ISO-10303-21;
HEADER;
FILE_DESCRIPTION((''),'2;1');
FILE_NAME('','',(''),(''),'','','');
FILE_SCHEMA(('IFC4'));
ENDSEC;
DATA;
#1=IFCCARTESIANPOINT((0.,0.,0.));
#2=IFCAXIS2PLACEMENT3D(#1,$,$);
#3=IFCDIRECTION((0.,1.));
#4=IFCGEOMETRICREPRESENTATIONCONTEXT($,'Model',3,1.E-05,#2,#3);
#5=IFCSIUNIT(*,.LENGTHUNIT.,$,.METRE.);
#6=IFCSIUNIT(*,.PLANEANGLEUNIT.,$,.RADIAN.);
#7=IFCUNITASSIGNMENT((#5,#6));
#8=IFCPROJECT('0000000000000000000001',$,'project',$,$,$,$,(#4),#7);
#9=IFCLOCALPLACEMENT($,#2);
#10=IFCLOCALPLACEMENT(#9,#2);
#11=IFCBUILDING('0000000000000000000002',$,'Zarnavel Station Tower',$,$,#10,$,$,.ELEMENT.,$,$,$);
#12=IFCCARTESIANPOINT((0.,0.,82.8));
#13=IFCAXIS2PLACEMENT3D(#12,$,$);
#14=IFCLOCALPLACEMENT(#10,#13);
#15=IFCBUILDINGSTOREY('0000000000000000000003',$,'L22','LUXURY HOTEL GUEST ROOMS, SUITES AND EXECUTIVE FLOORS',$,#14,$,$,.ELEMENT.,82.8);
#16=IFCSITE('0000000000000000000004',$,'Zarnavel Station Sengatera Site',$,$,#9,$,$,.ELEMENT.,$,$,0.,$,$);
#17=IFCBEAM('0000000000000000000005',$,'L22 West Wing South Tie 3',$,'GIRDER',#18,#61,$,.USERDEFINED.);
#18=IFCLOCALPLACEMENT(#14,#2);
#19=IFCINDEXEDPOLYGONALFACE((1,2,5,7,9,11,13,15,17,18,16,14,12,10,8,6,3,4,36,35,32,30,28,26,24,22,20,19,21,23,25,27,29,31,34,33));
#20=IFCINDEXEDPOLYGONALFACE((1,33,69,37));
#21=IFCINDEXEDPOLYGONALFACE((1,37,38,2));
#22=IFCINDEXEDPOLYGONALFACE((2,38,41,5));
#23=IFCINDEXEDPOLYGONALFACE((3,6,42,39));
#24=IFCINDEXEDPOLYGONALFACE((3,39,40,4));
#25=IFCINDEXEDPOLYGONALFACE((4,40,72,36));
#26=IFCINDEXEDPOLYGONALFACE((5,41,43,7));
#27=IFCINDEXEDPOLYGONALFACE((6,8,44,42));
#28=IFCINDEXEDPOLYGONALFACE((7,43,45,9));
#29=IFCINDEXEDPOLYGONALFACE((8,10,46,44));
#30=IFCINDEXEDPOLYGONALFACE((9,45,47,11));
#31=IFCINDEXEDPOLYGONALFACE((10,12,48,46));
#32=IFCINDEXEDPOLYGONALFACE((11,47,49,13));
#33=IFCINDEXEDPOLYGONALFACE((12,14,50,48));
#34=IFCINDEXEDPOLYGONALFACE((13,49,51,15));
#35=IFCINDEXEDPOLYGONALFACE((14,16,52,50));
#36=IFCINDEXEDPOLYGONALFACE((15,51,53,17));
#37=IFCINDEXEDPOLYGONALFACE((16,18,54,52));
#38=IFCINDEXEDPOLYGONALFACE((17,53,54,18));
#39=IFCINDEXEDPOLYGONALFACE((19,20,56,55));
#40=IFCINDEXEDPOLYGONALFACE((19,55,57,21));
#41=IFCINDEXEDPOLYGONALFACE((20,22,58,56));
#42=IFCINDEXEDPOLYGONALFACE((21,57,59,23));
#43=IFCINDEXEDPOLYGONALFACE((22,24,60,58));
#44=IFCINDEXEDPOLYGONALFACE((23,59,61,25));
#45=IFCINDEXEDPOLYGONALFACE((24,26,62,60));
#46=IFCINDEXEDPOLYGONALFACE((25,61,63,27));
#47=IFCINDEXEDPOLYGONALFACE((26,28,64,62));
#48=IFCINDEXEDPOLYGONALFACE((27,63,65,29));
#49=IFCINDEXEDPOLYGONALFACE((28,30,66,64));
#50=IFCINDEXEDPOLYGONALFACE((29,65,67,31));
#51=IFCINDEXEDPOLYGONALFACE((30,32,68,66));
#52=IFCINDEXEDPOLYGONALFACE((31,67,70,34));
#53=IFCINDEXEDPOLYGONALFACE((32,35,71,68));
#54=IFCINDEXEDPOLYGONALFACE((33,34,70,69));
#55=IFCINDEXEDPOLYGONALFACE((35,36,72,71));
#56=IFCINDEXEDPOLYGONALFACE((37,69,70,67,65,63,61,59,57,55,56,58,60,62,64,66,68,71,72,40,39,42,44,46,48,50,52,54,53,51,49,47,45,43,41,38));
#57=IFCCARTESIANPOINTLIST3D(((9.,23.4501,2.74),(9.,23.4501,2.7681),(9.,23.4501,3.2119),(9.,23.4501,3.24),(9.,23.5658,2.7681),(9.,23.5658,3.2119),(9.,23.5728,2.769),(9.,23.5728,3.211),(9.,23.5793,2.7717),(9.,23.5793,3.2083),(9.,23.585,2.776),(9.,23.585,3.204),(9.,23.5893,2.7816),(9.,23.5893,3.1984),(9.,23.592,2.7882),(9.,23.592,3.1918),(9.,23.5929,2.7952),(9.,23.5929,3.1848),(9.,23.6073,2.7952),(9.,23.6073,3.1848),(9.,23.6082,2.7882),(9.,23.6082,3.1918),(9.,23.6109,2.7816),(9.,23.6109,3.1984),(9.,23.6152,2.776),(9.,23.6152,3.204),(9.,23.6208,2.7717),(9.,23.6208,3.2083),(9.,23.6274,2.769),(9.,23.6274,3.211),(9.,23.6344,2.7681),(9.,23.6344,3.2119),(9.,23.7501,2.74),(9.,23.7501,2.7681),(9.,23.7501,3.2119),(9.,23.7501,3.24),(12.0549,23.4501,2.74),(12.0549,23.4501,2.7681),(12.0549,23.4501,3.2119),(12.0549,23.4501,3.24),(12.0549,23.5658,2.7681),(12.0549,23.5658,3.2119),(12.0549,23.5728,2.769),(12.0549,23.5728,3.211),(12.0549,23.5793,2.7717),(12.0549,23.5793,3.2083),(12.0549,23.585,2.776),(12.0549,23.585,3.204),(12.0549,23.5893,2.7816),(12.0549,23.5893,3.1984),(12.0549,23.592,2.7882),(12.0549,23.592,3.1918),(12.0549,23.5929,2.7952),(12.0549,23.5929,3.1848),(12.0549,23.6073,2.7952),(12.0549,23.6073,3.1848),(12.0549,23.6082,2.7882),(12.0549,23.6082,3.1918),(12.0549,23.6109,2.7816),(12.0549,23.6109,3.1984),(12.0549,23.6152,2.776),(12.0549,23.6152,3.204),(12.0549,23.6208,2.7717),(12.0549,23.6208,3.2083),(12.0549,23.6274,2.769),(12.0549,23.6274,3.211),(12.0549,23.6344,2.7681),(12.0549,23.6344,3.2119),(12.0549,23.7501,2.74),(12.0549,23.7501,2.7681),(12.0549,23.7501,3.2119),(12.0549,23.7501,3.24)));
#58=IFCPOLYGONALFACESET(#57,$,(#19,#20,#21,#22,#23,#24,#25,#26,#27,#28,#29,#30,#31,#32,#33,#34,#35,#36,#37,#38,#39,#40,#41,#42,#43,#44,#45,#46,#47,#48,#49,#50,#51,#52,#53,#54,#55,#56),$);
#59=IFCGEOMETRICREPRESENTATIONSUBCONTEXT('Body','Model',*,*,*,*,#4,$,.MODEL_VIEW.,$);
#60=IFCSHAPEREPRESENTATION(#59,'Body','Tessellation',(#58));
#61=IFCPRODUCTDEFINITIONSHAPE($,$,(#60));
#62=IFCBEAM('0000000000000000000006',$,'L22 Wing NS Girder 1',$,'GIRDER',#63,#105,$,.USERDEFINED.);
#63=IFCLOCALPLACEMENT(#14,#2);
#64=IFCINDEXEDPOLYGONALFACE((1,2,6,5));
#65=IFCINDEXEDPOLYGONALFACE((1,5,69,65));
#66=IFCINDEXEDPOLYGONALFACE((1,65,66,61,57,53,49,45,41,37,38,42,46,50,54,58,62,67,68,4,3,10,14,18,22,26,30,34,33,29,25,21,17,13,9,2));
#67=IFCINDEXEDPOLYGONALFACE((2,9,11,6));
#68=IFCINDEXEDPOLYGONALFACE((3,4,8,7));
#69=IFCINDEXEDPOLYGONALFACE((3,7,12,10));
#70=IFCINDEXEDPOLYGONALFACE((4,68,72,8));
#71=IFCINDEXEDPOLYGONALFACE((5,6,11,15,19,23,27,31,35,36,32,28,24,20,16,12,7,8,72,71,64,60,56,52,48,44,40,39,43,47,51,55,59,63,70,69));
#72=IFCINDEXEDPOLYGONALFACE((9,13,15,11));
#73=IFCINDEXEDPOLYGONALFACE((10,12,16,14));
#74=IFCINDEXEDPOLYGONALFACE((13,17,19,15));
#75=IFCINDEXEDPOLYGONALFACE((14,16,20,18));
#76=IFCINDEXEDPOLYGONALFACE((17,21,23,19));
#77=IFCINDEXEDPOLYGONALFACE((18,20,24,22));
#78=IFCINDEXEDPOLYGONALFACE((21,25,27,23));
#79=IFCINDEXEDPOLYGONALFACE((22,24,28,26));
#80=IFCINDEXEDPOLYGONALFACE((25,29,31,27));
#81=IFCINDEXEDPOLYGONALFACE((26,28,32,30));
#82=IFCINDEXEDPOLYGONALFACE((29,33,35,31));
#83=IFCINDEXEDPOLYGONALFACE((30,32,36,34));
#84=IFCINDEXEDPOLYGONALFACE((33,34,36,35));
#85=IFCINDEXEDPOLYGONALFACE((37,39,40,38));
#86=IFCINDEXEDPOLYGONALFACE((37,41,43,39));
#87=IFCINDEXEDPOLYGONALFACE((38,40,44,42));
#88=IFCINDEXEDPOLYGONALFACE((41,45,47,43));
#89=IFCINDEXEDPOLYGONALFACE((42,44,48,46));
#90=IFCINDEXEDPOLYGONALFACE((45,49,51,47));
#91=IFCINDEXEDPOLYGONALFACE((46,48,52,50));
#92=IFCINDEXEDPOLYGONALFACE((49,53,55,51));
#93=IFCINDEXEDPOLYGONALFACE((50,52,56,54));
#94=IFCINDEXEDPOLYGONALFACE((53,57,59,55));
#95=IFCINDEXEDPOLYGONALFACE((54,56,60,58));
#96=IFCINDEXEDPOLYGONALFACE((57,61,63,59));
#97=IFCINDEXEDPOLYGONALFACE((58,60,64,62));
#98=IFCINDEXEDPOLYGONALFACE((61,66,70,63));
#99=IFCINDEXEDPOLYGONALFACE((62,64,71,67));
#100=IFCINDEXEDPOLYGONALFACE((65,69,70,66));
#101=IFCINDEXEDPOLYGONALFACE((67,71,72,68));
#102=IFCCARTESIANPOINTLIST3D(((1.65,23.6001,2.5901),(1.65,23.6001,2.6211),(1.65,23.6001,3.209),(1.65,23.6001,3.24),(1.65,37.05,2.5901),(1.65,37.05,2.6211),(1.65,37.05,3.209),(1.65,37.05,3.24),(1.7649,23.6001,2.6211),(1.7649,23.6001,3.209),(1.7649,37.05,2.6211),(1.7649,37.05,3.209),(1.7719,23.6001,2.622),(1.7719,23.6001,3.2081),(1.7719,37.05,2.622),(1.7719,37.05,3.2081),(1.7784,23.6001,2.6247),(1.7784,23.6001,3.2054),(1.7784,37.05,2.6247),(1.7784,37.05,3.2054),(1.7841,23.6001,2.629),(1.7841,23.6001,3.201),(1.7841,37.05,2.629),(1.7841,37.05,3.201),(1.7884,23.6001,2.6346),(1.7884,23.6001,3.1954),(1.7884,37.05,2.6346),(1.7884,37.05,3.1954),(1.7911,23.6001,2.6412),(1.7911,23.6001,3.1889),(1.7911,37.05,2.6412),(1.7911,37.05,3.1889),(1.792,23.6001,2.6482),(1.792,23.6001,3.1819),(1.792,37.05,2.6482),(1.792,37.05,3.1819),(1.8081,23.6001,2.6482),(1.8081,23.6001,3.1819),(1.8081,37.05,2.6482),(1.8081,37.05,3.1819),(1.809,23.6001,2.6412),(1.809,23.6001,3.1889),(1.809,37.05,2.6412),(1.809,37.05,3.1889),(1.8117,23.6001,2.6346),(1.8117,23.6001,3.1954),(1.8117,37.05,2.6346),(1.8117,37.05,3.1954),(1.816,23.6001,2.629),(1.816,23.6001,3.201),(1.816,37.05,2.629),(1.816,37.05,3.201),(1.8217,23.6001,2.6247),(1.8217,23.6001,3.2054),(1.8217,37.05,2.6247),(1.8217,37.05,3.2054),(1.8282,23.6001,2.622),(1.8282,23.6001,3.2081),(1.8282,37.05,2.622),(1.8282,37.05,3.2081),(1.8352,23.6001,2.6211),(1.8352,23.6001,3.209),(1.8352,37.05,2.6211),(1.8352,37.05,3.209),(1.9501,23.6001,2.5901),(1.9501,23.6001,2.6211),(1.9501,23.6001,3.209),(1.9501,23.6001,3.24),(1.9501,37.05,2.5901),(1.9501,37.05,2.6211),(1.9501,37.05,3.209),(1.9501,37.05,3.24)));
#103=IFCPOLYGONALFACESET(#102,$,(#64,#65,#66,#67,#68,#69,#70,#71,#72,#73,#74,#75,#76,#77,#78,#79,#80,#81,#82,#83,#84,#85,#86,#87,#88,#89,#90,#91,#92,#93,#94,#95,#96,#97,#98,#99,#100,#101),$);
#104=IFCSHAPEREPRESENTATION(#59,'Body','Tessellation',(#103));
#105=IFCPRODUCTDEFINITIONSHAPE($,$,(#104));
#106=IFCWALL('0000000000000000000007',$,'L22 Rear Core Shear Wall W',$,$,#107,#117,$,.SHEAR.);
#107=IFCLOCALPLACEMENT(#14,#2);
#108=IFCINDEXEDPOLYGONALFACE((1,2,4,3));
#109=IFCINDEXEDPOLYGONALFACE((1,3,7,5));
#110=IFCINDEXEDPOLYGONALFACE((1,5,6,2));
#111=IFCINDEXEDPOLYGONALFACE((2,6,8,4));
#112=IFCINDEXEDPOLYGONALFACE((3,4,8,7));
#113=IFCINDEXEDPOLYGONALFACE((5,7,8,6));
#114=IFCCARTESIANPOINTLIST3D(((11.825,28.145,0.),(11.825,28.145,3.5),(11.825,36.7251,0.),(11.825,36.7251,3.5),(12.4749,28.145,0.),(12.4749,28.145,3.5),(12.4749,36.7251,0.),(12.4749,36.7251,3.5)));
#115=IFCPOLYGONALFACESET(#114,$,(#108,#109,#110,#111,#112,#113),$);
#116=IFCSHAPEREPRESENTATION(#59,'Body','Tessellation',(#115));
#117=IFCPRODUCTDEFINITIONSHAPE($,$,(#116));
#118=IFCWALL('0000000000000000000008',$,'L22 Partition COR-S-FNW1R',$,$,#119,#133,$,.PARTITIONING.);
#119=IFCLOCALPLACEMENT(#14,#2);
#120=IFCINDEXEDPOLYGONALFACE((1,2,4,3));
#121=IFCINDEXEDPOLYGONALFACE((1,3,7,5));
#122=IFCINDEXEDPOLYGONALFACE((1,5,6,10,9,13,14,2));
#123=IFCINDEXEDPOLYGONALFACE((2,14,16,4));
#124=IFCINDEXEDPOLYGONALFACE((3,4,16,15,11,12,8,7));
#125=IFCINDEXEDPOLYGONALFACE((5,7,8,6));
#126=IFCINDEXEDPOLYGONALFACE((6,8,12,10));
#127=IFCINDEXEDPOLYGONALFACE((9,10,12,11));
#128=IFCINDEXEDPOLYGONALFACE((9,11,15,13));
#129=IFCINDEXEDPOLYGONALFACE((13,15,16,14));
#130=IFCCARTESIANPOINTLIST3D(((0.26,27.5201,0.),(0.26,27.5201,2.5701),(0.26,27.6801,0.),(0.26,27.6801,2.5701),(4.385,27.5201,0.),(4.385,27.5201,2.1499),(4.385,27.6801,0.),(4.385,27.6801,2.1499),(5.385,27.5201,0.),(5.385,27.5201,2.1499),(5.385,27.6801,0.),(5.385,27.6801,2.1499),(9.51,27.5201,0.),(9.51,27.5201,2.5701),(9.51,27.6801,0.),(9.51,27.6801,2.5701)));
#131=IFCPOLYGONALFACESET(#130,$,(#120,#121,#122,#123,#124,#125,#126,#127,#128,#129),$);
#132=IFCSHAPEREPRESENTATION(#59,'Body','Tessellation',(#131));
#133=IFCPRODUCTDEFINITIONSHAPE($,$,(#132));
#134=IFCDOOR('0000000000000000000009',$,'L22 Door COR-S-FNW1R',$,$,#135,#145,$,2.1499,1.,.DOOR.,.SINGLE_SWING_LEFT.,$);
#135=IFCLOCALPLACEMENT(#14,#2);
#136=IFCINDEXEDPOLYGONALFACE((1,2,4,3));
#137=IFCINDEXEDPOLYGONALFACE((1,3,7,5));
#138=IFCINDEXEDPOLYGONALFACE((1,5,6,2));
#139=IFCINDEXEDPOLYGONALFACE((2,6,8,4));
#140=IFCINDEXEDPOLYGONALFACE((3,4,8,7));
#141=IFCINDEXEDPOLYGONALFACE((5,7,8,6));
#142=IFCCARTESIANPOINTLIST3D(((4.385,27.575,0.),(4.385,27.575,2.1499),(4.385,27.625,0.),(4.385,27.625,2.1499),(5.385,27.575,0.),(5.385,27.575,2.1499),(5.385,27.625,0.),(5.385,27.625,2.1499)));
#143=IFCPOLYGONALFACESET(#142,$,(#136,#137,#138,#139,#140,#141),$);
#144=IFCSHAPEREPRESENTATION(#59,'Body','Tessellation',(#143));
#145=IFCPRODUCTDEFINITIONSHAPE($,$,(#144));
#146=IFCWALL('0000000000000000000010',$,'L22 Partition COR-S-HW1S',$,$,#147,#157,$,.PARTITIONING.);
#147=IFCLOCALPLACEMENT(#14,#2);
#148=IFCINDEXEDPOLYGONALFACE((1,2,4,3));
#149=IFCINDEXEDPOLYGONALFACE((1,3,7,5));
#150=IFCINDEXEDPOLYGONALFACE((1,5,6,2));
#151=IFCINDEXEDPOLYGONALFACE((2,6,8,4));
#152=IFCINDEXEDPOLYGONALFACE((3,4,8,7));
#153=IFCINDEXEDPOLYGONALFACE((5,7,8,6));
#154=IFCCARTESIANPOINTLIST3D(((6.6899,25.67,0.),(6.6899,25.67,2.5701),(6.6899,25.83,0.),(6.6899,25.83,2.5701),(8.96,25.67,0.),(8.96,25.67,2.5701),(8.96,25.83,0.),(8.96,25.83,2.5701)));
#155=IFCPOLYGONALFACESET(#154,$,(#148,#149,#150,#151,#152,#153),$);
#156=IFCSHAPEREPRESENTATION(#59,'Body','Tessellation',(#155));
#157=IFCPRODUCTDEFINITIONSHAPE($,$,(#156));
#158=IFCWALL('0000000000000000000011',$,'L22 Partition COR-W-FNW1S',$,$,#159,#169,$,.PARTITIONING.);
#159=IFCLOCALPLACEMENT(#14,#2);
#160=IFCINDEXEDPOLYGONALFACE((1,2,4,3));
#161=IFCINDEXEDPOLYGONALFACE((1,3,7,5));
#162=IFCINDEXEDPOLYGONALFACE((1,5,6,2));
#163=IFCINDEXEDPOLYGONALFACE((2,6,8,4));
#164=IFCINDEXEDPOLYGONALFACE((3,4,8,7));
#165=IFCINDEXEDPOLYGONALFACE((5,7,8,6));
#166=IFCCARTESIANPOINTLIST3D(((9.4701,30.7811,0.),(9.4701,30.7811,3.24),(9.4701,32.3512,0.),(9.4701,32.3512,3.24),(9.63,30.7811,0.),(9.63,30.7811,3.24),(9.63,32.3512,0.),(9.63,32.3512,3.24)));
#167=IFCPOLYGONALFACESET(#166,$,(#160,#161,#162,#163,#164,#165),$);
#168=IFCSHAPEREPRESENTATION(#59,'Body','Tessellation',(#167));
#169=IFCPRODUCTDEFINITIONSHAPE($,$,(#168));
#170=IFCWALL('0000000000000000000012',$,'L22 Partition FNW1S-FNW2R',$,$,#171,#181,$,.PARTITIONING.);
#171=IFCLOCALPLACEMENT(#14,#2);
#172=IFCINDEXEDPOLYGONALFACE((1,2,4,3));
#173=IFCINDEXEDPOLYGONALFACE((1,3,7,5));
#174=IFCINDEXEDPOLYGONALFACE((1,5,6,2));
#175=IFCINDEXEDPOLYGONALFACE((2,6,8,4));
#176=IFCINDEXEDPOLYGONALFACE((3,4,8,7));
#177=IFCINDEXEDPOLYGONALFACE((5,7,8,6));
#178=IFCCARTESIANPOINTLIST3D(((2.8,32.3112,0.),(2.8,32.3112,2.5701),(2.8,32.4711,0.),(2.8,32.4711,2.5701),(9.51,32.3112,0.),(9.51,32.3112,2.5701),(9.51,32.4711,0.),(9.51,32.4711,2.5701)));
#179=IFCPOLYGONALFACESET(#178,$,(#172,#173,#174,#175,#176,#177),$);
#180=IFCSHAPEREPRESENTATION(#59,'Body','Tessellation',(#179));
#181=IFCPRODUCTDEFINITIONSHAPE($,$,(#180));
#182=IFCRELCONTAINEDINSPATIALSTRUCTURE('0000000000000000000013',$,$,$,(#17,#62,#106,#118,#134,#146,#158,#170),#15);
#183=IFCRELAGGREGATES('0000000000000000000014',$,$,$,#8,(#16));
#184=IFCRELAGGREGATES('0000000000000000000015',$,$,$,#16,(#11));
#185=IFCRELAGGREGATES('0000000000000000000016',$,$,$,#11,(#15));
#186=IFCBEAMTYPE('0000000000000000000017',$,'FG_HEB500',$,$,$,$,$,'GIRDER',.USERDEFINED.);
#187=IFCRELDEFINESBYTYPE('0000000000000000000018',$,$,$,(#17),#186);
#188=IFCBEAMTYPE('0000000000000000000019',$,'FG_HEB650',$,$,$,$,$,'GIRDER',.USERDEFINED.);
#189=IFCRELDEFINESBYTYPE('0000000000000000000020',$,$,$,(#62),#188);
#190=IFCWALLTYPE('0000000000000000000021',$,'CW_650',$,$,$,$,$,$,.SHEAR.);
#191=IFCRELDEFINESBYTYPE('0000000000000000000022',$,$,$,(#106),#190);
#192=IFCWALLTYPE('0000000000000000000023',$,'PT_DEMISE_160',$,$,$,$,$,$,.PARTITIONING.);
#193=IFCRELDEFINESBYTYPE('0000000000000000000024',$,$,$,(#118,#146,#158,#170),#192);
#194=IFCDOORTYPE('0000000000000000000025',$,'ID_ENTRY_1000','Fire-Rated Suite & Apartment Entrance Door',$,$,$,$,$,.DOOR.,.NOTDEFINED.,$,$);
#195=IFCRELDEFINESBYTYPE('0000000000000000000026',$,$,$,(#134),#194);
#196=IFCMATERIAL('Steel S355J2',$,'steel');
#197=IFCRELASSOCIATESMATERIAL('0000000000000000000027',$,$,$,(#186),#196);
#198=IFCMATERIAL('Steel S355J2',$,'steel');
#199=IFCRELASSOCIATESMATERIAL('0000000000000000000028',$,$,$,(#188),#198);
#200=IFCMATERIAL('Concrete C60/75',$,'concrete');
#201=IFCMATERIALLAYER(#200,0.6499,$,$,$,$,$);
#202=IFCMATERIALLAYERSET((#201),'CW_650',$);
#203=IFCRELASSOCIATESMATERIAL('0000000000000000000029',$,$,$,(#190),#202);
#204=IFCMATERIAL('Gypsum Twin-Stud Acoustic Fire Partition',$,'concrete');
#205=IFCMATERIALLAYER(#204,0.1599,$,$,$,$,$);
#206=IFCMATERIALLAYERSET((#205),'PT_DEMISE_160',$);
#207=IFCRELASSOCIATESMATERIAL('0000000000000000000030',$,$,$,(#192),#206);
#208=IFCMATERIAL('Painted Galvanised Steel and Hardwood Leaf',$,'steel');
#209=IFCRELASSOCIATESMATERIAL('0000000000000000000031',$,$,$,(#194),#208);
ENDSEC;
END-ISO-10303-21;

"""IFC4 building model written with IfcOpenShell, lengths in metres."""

from ifc_helpers import new_model, si_unit, direction, frame, frame_2d, origin, origin_2d, place, context, subcontext, project, spatial, rectangle, i_section, extrude, material, layer, layer_set, material_profile, profile_set, type_object, element, fill, save


model = new_model("IFC4")

# Units and contexts
model_context = context("Model", 3, precision=1e-05, world=origin(), true_north=direction((0.0, 1.0)))
body_context = subcontext(model_context, "Body", "Model", "MODEL_VIEW")
ifc_project = project(units=[si_unit("LENGTHUNIT", "METRE"), si_unit("PLANEANGLEUNIT", "RADIAN")], contexts=[model_context])

# Site, building, storey
site_placement = place(None, origin())
site = spatial("IfcSite", under=ifc_project, at=site_placement, Name="Zarnavel Station Sengatera Site", CompositionType="ELEMENT", RefElevation=0.0)
building_placement = place(site_placement, origin())
building = spatial("IfcBuilding", under=site, at=building_placement, Name="Zarnavel Station Tower", CompositionType="ELEMENT")
storey_placement = place(building_placement, frame((0.0, 0.0, 82.8)))
storey = spatial("IfcBuildingStorey", under=building, at=storey_placement, Name="L22", Description="LUXURY HOTEL GUEST ROOMS, SUITES AND EXECUTIVE FLOORS", CompositionType="ELEMENT", Elevation=82.8)

# Beams
ifc_material_1 = material(Name="Steel S355J2", Category="steel")
ifc_material_profile_1 = material_profile(ifc_material_1, i_section(OverallWidth=0.3, OverallDepth=0.5, WebThickness=0.0144, FlangeThickness=0.0281, FilletRadius=0.0271, at=origin_2d()), Name="HEB500")
ifc_profile_set_1 = profile_set([ifc_material_profile_1], Name="Steel S355J2")
beam_type_1 = type_object("IfcBeamType", Name="FG_HEB500", ElementType="GIRDER", PredefinedType="USERDEFINED", material=ifc_profile_set_1)
beam_1_placement = place(storey_placement, frame((9.0, 23.6001, 2.99), z_axis=(1.0, 0.0, 0.0), x_axis=(0.0, 1.0, 0.0)))
element("IfcBeam", 1, at=beam_1_placement, inside=storey, type_object=beam_type_1, Name="L22 West Wing South Tie 3", ObjectType="GIRDER", PredefinedType="USERDEFINED", context=body_context, shape_type="SweptSolid", body=[
    extrude(i_section(OverallWidth=0.3, OverallDepth=0.5, WebThickness=0.0144, FlangeThickness=0.0281, FilletRadius=0.0271, at=origin_2d()), origin(), (0.0, 0.0, 1.0), 3.0549),
])
ifc_material_2 = material(Name="Steel S355J2", Category="steel")
ifc_material_profile_2 = material_profile(ifc_material_2, i_section(OverallWidth=0.3, OverallDepth=0.6499, WebThickness=0.0161, FlangeThickness=0.031, FilletRadius=0.0271, at=origin_2d()), Name="HEB650")
ifc_profile_set_2 = profile_set([ifc_material_profile_2], Name="Steel S355J2")
beam_type_2 = type_object("IfcBeamType", Name="FG_HEB650", ElementType="GIRDER", PredefinedType="USERDEFINED", material=ifc_profile_set_2)
beam_2_placement = place(storey_placement, frame((1.8, 23.6001, 2.915), z_axis=(0.0, 1.0, 0.0), x_axis=(-1.0, 0.0, 0.0)))
element("IfcBeam", 2, at=beam_2_placement, inside=storey, type_object=beam_type_2, Name="L22 Wing NS Girder 1", ObjectType="GIRDER", PredefinedType="USERDEFINED", context=body_context, shape_type="SweptSolid", body=[
    extrude(i_section(OverallWidth=0.3, OverallDepth=0.6499, WebThickness=0.0161, FlangeThickness=0.031, FilletRadius=0.0271, at=origin_2d()), origin(), (0.0, 0.0, 1.0), 13.45),
])

# Wall
ifc_material_3 = material(Name="Concrete C60/75", Category="concrete")
ifc_layer_1 = layer(ifc_material_3, 0.6499)
ifc_layer_set_1 = layer_set([ifc_layer_1], Name="CW_650")
wall_type_1 = type_object("IfcWallType", Name="CW_650", PredefinedType="SHEAR", material=ifc_layer_set_1)
wall_1_placement = place(storey_placement, frame((12.1499, 28.145, 0.0), z_axis=(0.0, 0.0, 1.0), x_axis=(0.0, 1.0, 0.0)))
element("IfcWall", 3, at=wall_1_placement, inside=storey, type_object=wall_type_1, Name="L22 Rear Core Shear Wall W", PredefinedType="SHEAR", context=body_context, shape_type="SweptSolid", body=[
    extrude(rectangle(XDim=8.5801, YDim=0.6499, at=frame_2d((4.29, 0.0))), origin(), (0.0, 0.0, 1.0), 3.5),
])

# Wall, opening, door
ifc_material_4 = material(Name="Gypsum Twin-Stud Acoustic Fire Partition", Category="concrete")
ifc_layer_2 = layer(ifc_material_4, 0.1599)
ifc_layer_set_2 = layer_set([ifc_layer_2], Name="PT_DEMISE_160")
wall_type_2 = type_object("IfcWallType", Name="PT_DEMISE_160", PredefinedType="PARTITIONING", material=ifc_layer_set_2)
wall_2_placement = place(storey_placement, frame((0.26, 27.6001, 0.0), z_axis=(0.0, 0.0, 1.0), x_axis=(1.0, 0.0, 0.0)))
wall_2 = element("IfcWall", 4, at=wall_2_placement, inside=storey, type_object=wall_type_2, Name="L22 Partition COR-S-FNW1R", PredefinedType="PARTITIONING", context=body_context, shape_type="SweptSolid", body=[
    extrude(rectangle(XDim=9.25, YDim=0.1599, at=frame_2d((4.625, 0.0))), origin(), (0.0, 0.0, 1.0), 2.5701),
])
opening_1_placement = place(wall_2_placement, frame((4.125, 0.0, 0.0)))
opening_1 = element("IfcOpeningElement", 5, at=opening_1_placement, cuts=wall_2, PredefinedType="OPENING", context=body_context, shape_type="SweptSolid", body=[
    extrude(rectangle(XDim=1.0, YDim=2.1499, at=frame_2d((0.5, 1.075))), frame((0.0, 0.0898, 0.0), z_axis=(0.0, -1.0, 0.0), x_axis=(1.0, 0.0, 0.0)), (0.0, 0.0, 1.0), 0.1799),
])
ifc_material_5 = material(Name="Painted Galvanised Steel and Hardwood Leaf", Category="steel")
door_type_1 = type_object("IfcDoorType", Name="ID_ENTRY_1000", Description="Fire-Rated Suite & Apartment Entrance Door", OperationType="NOTDEFINED", PredefinedType="DOOR", material=ifc_material_5)
door_1_placement = place(opening_1_placement, origin())
door_1 = element("IfcDoor", 6, at=door_1_placement, inside=storey, type_object=door_type_1, Name="L22 Door COR-S-FNW1R", OperationType="SINGLE_SWING_LEFT", OverallHeight=2.1499, OverallWidth=1.0, PredefinedType="DOOR", context=body_context, shape_type="SweptSolid", body=[
    extrude(rectangle(XDim=1.0, YDim=2.1499, at=frame_2d((0.5, 1.075))), frame((0.0, 0.0249, 0.0), z_axis=(0.0, -1.0, 0.0), x_axis=(1.0, 0.0, 0.0)), (0.0, 0.0, 1.0), 0.05),
])
fill(opening_1, door_1)

# Wall
wall_3_placement = place(storey_placement, frame((6.6899, 25.75, 0.0), z_axis=(0.0, 0.0, 1.0), x_axis=(1.0, 0.0, 0.0)))
element("IfcWall", 7, at=wall_3_placement, inside=storey, type_object=wall_type_2, Name="L22 Partition COR-S-HW1S", PredefinedType="PARTITIONING", context=body_context, shape_type="SweptSolid", body=[
    extrude(rectangle(XDim=2.27, YDim=0.1599, at=frame_2d((1.135, 0.0))), origin(), (0.0, 0.0, 1.0), 2.5701),
])

# Wall
wall_4_placement = place(storey_placement, frame((9.55, 30.781, 0.0), z_axis=(0.0, 0.0, 1.0), x_axis=(0.0, 1.0, 0.0)))
element("IfcWall", 8, at=wall_4_placement, inside=storey, type_object=wall_type_2, Name="L22 Partition COR-W-FNW1S", PredefinedType="PARTITIONING", context=body_context, shape_type="SweptSolid", body=[
    extrude(rectangle(XDim=1.5701, YDim=0.1599, at=frame_2d((0.7852, 0.0))), origin(), (0.0, 0.0, 1.0), 3.24),
])

# Wall
wall_5_placement = place(storey_placement, frame((2.8, 32.3911, 0.0), z_axis=(0.0, 0.0, 1.0), x_axis=(1.0, 0.0, 0.0)))
element("IfcWall", 9, at=wall_5_placement, inside=storey, type_object=wall_type_2, Name="L22 Partition FNW1S-FNW2R", PredefinedType="PARTITIONING", context=body_context, shape_type="SweptSolid", body=[
    extrude(rectangle(XDim=6.71, YDim=0.1599, at=frame_2d((3.355, 0.0))), origin(), (0.0, 0.0, 1.0), 2.5701),
])

save(model, "model.ifc")
